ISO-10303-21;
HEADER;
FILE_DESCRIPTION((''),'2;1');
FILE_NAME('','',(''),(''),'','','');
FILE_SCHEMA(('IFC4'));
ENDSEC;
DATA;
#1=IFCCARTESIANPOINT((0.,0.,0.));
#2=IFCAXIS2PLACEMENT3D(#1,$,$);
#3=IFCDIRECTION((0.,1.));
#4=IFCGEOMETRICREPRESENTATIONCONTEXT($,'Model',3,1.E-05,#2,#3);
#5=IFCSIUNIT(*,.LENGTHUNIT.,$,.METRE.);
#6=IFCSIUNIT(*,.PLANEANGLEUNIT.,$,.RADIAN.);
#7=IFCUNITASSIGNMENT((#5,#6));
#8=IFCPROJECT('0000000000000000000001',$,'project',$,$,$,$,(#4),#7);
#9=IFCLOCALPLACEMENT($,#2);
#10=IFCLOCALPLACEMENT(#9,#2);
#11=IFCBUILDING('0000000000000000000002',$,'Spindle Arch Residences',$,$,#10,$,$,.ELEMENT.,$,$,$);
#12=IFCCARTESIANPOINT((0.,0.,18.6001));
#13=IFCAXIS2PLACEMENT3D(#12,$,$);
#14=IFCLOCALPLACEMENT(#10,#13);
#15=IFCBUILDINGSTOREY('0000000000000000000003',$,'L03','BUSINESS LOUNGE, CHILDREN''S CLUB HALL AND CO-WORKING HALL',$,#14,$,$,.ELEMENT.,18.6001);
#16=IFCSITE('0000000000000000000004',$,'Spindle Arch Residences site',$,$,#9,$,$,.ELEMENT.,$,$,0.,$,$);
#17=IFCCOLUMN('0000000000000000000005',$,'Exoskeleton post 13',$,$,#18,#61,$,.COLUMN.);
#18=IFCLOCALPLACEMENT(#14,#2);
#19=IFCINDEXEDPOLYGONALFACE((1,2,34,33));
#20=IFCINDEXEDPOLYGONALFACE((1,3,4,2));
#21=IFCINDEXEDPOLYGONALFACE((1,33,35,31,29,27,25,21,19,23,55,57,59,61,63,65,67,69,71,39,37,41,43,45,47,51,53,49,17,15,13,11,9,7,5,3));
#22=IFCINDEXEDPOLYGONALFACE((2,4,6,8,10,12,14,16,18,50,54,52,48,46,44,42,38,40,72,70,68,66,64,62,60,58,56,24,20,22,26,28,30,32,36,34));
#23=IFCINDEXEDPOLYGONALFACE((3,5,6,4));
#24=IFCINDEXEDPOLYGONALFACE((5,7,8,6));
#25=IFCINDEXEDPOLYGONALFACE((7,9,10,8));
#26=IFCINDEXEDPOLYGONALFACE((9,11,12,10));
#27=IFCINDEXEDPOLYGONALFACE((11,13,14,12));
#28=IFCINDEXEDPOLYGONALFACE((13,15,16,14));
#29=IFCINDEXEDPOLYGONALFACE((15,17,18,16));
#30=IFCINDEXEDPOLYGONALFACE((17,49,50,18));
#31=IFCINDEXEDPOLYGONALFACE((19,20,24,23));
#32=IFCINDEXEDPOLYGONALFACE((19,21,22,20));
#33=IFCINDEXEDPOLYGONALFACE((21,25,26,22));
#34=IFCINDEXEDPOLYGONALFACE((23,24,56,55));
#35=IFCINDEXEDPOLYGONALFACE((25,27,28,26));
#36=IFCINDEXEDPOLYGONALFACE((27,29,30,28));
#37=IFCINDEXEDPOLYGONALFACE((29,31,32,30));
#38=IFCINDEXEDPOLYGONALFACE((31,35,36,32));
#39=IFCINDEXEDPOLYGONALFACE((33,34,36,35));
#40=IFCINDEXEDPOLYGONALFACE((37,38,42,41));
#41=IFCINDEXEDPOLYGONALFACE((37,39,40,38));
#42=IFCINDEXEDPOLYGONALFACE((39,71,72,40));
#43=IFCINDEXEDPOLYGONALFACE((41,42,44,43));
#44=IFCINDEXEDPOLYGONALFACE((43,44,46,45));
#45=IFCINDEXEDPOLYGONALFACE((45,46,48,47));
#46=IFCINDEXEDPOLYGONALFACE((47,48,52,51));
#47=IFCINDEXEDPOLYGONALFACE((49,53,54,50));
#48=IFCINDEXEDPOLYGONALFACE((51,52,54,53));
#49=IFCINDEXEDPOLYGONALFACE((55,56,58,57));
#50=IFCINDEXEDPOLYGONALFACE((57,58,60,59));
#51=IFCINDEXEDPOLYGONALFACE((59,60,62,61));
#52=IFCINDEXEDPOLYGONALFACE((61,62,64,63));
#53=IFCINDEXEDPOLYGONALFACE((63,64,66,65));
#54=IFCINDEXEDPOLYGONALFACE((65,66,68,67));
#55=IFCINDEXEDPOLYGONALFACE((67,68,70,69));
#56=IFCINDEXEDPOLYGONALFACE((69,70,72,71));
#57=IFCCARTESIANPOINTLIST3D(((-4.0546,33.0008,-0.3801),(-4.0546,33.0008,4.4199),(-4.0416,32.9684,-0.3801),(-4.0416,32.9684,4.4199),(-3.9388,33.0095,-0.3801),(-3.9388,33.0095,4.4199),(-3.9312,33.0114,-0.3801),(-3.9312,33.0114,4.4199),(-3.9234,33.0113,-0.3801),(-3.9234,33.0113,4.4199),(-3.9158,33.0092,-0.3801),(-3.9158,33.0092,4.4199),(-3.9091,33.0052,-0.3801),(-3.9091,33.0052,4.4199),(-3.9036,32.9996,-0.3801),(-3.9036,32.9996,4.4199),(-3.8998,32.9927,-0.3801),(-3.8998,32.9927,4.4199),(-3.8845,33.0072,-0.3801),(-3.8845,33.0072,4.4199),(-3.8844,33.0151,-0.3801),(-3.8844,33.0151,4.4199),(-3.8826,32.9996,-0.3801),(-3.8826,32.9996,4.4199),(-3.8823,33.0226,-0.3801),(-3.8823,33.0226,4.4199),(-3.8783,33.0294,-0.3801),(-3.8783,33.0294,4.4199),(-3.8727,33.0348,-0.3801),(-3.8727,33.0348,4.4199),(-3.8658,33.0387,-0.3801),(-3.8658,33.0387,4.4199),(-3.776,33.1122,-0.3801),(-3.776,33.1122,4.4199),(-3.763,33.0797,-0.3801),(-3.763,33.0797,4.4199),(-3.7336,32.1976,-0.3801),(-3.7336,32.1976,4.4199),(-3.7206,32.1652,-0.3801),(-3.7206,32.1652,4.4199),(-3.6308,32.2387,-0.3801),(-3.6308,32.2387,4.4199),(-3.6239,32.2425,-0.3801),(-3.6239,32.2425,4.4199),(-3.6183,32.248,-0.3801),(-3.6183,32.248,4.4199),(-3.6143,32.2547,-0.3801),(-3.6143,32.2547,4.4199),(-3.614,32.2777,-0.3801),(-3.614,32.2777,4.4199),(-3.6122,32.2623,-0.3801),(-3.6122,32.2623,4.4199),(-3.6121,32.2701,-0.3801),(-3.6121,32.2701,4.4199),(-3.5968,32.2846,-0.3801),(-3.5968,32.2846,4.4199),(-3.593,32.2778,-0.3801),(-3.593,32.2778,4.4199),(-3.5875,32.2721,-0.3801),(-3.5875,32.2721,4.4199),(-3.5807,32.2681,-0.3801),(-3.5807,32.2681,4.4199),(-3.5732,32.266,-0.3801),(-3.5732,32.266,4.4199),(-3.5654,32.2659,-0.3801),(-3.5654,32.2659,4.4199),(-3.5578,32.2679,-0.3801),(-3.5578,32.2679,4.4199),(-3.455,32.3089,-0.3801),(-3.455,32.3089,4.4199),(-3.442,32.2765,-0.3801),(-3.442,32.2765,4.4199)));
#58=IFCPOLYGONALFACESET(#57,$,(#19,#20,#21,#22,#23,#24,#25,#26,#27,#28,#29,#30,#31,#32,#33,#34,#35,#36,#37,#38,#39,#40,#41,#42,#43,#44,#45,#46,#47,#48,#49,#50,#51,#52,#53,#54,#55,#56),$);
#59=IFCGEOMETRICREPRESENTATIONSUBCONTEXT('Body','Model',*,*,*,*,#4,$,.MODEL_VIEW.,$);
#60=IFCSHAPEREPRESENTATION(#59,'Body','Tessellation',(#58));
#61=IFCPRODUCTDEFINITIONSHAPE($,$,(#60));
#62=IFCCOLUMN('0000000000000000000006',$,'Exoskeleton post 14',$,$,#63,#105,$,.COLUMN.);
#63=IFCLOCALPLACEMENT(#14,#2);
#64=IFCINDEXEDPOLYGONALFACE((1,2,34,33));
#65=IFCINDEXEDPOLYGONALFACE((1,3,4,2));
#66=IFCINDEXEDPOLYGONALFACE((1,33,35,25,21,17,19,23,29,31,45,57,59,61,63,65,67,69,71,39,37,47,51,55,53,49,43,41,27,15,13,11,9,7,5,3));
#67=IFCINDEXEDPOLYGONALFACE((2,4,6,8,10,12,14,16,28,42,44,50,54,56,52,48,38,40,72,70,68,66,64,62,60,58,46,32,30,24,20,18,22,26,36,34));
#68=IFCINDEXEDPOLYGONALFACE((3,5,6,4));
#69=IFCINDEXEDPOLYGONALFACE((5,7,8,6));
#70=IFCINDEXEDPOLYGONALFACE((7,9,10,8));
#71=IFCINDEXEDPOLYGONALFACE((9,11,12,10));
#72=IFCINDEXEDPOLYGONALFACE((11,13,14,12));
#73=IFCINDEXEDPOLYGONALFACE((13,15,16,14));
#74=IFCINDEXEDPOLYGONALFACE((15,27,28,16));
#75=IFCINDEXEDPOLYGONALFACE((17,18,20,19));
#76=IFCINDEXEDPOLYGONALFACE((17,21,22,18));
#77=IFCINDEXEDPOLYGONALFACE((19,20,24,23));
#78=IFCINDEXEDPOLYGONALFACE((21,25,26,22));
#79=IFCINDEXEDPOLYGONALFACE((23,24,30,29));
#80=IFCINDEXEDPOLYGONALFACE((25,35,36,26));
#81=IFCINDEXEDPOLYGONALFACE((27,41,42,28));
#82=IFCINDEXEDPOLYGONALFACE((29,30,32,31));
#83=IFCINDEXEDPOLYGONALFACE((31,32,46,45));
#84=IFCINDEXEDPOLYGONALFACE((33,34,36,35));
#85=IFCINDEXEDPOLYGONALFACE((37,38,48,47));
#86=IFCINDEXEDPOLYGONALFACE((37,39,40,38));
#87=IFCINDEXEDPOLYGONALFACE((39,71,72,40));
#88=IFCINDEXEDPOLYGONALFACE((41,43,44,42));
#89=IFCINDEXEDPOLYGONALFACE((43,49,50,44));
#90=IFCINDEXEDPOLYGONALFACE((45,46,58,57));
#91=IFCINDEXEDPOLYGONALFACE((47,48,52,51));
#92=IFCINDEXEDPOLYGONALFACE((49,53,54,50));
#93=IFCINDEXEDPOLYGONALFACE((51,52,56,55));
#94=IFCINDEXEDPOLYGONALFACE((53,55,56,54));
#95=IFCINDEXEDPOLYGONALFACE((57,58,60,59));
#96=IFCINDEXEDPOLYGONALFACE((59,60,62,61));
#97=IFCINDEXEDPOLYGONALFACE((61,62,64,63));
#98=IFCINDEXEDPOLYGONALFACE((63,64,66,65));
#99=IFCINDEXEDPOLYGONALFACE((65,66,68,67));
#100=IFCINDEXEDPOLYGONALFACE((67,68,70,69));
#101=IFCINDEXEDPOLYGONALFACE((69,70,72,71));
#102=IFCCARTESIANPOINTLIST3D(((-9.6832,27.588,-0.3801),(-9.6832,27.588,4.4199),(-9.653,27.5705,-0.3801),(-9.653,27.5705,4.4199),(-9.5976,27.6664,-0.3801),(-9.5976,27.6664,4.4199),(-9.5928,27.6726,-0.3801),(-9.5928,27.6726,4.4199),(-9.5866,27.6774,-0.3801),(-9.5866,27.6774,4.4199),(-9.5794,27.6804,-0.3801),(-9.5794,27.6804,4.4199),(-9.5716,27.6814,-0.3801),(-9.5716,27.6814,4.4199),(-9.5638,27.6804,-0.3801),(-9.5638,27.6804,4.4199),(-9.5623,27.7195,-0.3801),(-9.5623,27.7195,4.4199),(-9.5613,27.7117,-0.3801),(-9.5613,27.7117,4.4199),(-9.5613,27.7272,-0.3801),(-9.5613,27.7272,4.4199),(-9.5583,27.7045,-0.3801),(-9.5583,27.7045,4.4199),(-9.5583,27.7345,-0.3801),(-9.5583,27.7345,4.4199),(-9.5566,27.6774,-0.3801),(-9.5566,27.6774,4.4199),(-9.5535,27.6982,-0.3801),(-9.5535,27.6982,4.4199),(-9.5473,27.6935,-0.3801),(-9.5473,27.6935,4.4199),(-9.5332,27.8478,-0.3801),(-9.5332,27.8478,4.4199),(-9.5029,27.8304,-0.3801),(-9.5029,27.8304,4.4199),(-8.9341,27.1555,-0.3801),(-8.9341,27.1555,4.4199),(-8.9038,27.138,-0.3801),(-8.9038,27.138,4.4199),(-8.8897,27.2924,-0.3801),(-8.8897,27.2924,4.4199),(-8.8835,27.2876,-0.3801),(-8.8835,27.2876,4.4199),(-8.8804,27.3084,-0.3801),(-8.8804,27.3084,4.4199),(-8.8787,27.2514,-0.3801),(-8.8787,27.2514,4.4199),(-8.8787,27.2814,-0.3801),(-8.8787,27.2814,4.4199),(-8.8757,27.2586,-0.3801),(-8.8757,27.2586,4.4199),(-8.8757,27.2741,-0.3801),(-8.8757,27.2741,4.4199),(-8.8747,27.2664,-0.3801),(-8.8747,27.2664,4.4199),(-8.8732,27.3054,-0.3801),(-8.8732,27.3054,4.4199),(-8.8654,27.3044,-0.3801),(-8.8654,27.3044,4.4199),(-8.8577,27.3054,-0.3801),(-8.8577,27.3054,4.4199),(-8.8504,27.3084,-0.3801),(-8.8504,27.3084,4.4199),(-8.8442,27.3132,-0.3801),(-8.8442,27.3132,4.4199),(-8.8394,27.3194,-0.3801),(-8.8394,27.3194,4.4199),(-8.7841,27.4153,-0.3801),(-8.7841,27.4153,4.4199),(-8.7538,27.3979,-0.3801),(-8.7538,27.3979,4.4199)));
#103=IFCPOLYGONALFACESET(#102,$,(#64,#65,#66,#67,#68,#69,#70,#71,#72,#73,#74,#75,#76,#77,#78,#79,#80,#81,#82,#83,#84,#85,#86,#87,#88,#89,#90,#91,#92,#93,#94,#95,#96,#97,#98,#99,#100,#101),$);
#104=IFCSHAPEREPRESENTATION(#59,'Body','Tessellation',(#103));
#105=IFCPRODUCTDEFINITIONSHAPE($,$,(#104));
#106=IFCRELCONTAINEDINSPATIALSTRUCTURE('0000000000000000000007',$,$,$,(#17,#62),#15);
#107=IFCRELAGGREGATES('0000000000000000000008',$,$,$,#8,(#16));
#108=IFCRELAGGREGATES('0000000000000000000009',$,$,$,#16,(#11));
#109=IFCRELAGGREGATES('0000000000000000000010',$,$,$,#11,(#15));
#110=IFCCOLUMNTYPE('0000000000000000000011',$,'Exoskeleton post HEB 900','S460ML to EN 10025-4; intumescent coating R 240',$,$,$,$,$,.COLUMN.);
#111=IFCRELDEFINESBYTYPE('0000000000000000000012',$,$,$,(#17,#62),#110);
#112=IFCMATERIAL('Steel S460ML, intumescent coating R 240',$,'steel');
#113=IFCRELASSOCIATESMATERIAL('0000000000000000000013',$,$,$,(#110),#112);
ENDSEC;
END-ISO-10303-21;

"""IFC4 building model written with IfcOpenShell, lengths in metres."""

from ifc_helpers import new_model, si_unit, direction, frame, origin, origin_2d, place, context, subcontext, project, spatial, i_section, extrude, material, material_profile, profile_set, type_object, element, save


model = new_model("IFC4")

# Units and contexts
model_context = context("Model", 3, precision=1e-05, world=origin(), true_north=direction((0.0, 1.0)))
body_context = subcontext(model_context, "Body", "Model", "MODEL_VIEW")
ifc_project = project(units=[si_unit("LENGTHUNIT", "METRE"), si_unit("PLANEANGLEUNIT", "RADIAN")], contexts=[model_context])

# Site, building, storey
site_placement = place(None, origin())
site = spatial("IfcSite", under=ifc_project, at=site_placement, Name="Spindle Arch Residences site", CompositionType="ELEMENT", RefElevation=0.0)
building_placement = place(site_placement, origin())
building = spatial("IfcBuilding", under=site, at=building_placement, Name="Spindle Arch Residences", CompositionType="ELEMENT")
storey_placement = place(building_placement, frame((0.0, 0.0, 18.6001)))
storey = spatial("IfcBuildingStorey", under=building, at=storey_placement, Name="L03", Description="BUSINESS LOUNGE, CHILDREN'S CLUB HALL AND CO-WORKING HALL", CompositionType="ELEMENT", Elevation=18.6001)

# Columns
ifc_material_1 = material(Name="Steel S460ML, intumescent coating R 240", Category="steel")
ifc_material_profile_1 = material_profile(ifc_material_1, i_section(OverallWidth=0.3, OverallDepth=0.8999, WebThickness=0.0186, FlangeThickness=0.0349, FilletRadius=0.03, at=origin_2d()), Name="HEB 900")
ifc_profile_set_1 = profile_set([ifc_material_profile_1], Name="Steel S460ML, intumescent coating R 240")
column_type_1 = type_object("IfcColumnType", Name="Exoskeleton post HEB 900", Description="S460ML to EN 10025-4; intumescent coating R 240", PredefinedType="COLUMN", material=ifc_profile_set_1)
for number, where, z_axis, x_axis, name in (
    (1, (-3.7483, 32.6387, -0.3801), (0.0, 0.0, 1.0), (0.92859, 0.371108, 0.0), "Exoskeleton post 13"),
    (2, (-9.2185, 27.4929, -0.3801), (0.0, 0.0, 1.0), (0.5, 0.866025, 0.0), "Exoskeleton post 14"),
):
    element("IfcColumn", number, at=place(storey_placement, frame(where, z_axis=z_axis, x_axis=x_axis)), inside=storey, type_object=column_type_1, Name=name, PredefinedType="COLUMN", context=body_context, shape_type="SweptSolid", body=[
        extrude(i_section(OverallWidth=0.3, OverallDepth=0.8999, WebThickness=0.0186, FlangeThickness=0.0349, FilletRadius=0.03, at=origin_2d()), origin(), (0.0, 0.0, 1.0), 4.8),
    ])

save(model, "model.ifc")
